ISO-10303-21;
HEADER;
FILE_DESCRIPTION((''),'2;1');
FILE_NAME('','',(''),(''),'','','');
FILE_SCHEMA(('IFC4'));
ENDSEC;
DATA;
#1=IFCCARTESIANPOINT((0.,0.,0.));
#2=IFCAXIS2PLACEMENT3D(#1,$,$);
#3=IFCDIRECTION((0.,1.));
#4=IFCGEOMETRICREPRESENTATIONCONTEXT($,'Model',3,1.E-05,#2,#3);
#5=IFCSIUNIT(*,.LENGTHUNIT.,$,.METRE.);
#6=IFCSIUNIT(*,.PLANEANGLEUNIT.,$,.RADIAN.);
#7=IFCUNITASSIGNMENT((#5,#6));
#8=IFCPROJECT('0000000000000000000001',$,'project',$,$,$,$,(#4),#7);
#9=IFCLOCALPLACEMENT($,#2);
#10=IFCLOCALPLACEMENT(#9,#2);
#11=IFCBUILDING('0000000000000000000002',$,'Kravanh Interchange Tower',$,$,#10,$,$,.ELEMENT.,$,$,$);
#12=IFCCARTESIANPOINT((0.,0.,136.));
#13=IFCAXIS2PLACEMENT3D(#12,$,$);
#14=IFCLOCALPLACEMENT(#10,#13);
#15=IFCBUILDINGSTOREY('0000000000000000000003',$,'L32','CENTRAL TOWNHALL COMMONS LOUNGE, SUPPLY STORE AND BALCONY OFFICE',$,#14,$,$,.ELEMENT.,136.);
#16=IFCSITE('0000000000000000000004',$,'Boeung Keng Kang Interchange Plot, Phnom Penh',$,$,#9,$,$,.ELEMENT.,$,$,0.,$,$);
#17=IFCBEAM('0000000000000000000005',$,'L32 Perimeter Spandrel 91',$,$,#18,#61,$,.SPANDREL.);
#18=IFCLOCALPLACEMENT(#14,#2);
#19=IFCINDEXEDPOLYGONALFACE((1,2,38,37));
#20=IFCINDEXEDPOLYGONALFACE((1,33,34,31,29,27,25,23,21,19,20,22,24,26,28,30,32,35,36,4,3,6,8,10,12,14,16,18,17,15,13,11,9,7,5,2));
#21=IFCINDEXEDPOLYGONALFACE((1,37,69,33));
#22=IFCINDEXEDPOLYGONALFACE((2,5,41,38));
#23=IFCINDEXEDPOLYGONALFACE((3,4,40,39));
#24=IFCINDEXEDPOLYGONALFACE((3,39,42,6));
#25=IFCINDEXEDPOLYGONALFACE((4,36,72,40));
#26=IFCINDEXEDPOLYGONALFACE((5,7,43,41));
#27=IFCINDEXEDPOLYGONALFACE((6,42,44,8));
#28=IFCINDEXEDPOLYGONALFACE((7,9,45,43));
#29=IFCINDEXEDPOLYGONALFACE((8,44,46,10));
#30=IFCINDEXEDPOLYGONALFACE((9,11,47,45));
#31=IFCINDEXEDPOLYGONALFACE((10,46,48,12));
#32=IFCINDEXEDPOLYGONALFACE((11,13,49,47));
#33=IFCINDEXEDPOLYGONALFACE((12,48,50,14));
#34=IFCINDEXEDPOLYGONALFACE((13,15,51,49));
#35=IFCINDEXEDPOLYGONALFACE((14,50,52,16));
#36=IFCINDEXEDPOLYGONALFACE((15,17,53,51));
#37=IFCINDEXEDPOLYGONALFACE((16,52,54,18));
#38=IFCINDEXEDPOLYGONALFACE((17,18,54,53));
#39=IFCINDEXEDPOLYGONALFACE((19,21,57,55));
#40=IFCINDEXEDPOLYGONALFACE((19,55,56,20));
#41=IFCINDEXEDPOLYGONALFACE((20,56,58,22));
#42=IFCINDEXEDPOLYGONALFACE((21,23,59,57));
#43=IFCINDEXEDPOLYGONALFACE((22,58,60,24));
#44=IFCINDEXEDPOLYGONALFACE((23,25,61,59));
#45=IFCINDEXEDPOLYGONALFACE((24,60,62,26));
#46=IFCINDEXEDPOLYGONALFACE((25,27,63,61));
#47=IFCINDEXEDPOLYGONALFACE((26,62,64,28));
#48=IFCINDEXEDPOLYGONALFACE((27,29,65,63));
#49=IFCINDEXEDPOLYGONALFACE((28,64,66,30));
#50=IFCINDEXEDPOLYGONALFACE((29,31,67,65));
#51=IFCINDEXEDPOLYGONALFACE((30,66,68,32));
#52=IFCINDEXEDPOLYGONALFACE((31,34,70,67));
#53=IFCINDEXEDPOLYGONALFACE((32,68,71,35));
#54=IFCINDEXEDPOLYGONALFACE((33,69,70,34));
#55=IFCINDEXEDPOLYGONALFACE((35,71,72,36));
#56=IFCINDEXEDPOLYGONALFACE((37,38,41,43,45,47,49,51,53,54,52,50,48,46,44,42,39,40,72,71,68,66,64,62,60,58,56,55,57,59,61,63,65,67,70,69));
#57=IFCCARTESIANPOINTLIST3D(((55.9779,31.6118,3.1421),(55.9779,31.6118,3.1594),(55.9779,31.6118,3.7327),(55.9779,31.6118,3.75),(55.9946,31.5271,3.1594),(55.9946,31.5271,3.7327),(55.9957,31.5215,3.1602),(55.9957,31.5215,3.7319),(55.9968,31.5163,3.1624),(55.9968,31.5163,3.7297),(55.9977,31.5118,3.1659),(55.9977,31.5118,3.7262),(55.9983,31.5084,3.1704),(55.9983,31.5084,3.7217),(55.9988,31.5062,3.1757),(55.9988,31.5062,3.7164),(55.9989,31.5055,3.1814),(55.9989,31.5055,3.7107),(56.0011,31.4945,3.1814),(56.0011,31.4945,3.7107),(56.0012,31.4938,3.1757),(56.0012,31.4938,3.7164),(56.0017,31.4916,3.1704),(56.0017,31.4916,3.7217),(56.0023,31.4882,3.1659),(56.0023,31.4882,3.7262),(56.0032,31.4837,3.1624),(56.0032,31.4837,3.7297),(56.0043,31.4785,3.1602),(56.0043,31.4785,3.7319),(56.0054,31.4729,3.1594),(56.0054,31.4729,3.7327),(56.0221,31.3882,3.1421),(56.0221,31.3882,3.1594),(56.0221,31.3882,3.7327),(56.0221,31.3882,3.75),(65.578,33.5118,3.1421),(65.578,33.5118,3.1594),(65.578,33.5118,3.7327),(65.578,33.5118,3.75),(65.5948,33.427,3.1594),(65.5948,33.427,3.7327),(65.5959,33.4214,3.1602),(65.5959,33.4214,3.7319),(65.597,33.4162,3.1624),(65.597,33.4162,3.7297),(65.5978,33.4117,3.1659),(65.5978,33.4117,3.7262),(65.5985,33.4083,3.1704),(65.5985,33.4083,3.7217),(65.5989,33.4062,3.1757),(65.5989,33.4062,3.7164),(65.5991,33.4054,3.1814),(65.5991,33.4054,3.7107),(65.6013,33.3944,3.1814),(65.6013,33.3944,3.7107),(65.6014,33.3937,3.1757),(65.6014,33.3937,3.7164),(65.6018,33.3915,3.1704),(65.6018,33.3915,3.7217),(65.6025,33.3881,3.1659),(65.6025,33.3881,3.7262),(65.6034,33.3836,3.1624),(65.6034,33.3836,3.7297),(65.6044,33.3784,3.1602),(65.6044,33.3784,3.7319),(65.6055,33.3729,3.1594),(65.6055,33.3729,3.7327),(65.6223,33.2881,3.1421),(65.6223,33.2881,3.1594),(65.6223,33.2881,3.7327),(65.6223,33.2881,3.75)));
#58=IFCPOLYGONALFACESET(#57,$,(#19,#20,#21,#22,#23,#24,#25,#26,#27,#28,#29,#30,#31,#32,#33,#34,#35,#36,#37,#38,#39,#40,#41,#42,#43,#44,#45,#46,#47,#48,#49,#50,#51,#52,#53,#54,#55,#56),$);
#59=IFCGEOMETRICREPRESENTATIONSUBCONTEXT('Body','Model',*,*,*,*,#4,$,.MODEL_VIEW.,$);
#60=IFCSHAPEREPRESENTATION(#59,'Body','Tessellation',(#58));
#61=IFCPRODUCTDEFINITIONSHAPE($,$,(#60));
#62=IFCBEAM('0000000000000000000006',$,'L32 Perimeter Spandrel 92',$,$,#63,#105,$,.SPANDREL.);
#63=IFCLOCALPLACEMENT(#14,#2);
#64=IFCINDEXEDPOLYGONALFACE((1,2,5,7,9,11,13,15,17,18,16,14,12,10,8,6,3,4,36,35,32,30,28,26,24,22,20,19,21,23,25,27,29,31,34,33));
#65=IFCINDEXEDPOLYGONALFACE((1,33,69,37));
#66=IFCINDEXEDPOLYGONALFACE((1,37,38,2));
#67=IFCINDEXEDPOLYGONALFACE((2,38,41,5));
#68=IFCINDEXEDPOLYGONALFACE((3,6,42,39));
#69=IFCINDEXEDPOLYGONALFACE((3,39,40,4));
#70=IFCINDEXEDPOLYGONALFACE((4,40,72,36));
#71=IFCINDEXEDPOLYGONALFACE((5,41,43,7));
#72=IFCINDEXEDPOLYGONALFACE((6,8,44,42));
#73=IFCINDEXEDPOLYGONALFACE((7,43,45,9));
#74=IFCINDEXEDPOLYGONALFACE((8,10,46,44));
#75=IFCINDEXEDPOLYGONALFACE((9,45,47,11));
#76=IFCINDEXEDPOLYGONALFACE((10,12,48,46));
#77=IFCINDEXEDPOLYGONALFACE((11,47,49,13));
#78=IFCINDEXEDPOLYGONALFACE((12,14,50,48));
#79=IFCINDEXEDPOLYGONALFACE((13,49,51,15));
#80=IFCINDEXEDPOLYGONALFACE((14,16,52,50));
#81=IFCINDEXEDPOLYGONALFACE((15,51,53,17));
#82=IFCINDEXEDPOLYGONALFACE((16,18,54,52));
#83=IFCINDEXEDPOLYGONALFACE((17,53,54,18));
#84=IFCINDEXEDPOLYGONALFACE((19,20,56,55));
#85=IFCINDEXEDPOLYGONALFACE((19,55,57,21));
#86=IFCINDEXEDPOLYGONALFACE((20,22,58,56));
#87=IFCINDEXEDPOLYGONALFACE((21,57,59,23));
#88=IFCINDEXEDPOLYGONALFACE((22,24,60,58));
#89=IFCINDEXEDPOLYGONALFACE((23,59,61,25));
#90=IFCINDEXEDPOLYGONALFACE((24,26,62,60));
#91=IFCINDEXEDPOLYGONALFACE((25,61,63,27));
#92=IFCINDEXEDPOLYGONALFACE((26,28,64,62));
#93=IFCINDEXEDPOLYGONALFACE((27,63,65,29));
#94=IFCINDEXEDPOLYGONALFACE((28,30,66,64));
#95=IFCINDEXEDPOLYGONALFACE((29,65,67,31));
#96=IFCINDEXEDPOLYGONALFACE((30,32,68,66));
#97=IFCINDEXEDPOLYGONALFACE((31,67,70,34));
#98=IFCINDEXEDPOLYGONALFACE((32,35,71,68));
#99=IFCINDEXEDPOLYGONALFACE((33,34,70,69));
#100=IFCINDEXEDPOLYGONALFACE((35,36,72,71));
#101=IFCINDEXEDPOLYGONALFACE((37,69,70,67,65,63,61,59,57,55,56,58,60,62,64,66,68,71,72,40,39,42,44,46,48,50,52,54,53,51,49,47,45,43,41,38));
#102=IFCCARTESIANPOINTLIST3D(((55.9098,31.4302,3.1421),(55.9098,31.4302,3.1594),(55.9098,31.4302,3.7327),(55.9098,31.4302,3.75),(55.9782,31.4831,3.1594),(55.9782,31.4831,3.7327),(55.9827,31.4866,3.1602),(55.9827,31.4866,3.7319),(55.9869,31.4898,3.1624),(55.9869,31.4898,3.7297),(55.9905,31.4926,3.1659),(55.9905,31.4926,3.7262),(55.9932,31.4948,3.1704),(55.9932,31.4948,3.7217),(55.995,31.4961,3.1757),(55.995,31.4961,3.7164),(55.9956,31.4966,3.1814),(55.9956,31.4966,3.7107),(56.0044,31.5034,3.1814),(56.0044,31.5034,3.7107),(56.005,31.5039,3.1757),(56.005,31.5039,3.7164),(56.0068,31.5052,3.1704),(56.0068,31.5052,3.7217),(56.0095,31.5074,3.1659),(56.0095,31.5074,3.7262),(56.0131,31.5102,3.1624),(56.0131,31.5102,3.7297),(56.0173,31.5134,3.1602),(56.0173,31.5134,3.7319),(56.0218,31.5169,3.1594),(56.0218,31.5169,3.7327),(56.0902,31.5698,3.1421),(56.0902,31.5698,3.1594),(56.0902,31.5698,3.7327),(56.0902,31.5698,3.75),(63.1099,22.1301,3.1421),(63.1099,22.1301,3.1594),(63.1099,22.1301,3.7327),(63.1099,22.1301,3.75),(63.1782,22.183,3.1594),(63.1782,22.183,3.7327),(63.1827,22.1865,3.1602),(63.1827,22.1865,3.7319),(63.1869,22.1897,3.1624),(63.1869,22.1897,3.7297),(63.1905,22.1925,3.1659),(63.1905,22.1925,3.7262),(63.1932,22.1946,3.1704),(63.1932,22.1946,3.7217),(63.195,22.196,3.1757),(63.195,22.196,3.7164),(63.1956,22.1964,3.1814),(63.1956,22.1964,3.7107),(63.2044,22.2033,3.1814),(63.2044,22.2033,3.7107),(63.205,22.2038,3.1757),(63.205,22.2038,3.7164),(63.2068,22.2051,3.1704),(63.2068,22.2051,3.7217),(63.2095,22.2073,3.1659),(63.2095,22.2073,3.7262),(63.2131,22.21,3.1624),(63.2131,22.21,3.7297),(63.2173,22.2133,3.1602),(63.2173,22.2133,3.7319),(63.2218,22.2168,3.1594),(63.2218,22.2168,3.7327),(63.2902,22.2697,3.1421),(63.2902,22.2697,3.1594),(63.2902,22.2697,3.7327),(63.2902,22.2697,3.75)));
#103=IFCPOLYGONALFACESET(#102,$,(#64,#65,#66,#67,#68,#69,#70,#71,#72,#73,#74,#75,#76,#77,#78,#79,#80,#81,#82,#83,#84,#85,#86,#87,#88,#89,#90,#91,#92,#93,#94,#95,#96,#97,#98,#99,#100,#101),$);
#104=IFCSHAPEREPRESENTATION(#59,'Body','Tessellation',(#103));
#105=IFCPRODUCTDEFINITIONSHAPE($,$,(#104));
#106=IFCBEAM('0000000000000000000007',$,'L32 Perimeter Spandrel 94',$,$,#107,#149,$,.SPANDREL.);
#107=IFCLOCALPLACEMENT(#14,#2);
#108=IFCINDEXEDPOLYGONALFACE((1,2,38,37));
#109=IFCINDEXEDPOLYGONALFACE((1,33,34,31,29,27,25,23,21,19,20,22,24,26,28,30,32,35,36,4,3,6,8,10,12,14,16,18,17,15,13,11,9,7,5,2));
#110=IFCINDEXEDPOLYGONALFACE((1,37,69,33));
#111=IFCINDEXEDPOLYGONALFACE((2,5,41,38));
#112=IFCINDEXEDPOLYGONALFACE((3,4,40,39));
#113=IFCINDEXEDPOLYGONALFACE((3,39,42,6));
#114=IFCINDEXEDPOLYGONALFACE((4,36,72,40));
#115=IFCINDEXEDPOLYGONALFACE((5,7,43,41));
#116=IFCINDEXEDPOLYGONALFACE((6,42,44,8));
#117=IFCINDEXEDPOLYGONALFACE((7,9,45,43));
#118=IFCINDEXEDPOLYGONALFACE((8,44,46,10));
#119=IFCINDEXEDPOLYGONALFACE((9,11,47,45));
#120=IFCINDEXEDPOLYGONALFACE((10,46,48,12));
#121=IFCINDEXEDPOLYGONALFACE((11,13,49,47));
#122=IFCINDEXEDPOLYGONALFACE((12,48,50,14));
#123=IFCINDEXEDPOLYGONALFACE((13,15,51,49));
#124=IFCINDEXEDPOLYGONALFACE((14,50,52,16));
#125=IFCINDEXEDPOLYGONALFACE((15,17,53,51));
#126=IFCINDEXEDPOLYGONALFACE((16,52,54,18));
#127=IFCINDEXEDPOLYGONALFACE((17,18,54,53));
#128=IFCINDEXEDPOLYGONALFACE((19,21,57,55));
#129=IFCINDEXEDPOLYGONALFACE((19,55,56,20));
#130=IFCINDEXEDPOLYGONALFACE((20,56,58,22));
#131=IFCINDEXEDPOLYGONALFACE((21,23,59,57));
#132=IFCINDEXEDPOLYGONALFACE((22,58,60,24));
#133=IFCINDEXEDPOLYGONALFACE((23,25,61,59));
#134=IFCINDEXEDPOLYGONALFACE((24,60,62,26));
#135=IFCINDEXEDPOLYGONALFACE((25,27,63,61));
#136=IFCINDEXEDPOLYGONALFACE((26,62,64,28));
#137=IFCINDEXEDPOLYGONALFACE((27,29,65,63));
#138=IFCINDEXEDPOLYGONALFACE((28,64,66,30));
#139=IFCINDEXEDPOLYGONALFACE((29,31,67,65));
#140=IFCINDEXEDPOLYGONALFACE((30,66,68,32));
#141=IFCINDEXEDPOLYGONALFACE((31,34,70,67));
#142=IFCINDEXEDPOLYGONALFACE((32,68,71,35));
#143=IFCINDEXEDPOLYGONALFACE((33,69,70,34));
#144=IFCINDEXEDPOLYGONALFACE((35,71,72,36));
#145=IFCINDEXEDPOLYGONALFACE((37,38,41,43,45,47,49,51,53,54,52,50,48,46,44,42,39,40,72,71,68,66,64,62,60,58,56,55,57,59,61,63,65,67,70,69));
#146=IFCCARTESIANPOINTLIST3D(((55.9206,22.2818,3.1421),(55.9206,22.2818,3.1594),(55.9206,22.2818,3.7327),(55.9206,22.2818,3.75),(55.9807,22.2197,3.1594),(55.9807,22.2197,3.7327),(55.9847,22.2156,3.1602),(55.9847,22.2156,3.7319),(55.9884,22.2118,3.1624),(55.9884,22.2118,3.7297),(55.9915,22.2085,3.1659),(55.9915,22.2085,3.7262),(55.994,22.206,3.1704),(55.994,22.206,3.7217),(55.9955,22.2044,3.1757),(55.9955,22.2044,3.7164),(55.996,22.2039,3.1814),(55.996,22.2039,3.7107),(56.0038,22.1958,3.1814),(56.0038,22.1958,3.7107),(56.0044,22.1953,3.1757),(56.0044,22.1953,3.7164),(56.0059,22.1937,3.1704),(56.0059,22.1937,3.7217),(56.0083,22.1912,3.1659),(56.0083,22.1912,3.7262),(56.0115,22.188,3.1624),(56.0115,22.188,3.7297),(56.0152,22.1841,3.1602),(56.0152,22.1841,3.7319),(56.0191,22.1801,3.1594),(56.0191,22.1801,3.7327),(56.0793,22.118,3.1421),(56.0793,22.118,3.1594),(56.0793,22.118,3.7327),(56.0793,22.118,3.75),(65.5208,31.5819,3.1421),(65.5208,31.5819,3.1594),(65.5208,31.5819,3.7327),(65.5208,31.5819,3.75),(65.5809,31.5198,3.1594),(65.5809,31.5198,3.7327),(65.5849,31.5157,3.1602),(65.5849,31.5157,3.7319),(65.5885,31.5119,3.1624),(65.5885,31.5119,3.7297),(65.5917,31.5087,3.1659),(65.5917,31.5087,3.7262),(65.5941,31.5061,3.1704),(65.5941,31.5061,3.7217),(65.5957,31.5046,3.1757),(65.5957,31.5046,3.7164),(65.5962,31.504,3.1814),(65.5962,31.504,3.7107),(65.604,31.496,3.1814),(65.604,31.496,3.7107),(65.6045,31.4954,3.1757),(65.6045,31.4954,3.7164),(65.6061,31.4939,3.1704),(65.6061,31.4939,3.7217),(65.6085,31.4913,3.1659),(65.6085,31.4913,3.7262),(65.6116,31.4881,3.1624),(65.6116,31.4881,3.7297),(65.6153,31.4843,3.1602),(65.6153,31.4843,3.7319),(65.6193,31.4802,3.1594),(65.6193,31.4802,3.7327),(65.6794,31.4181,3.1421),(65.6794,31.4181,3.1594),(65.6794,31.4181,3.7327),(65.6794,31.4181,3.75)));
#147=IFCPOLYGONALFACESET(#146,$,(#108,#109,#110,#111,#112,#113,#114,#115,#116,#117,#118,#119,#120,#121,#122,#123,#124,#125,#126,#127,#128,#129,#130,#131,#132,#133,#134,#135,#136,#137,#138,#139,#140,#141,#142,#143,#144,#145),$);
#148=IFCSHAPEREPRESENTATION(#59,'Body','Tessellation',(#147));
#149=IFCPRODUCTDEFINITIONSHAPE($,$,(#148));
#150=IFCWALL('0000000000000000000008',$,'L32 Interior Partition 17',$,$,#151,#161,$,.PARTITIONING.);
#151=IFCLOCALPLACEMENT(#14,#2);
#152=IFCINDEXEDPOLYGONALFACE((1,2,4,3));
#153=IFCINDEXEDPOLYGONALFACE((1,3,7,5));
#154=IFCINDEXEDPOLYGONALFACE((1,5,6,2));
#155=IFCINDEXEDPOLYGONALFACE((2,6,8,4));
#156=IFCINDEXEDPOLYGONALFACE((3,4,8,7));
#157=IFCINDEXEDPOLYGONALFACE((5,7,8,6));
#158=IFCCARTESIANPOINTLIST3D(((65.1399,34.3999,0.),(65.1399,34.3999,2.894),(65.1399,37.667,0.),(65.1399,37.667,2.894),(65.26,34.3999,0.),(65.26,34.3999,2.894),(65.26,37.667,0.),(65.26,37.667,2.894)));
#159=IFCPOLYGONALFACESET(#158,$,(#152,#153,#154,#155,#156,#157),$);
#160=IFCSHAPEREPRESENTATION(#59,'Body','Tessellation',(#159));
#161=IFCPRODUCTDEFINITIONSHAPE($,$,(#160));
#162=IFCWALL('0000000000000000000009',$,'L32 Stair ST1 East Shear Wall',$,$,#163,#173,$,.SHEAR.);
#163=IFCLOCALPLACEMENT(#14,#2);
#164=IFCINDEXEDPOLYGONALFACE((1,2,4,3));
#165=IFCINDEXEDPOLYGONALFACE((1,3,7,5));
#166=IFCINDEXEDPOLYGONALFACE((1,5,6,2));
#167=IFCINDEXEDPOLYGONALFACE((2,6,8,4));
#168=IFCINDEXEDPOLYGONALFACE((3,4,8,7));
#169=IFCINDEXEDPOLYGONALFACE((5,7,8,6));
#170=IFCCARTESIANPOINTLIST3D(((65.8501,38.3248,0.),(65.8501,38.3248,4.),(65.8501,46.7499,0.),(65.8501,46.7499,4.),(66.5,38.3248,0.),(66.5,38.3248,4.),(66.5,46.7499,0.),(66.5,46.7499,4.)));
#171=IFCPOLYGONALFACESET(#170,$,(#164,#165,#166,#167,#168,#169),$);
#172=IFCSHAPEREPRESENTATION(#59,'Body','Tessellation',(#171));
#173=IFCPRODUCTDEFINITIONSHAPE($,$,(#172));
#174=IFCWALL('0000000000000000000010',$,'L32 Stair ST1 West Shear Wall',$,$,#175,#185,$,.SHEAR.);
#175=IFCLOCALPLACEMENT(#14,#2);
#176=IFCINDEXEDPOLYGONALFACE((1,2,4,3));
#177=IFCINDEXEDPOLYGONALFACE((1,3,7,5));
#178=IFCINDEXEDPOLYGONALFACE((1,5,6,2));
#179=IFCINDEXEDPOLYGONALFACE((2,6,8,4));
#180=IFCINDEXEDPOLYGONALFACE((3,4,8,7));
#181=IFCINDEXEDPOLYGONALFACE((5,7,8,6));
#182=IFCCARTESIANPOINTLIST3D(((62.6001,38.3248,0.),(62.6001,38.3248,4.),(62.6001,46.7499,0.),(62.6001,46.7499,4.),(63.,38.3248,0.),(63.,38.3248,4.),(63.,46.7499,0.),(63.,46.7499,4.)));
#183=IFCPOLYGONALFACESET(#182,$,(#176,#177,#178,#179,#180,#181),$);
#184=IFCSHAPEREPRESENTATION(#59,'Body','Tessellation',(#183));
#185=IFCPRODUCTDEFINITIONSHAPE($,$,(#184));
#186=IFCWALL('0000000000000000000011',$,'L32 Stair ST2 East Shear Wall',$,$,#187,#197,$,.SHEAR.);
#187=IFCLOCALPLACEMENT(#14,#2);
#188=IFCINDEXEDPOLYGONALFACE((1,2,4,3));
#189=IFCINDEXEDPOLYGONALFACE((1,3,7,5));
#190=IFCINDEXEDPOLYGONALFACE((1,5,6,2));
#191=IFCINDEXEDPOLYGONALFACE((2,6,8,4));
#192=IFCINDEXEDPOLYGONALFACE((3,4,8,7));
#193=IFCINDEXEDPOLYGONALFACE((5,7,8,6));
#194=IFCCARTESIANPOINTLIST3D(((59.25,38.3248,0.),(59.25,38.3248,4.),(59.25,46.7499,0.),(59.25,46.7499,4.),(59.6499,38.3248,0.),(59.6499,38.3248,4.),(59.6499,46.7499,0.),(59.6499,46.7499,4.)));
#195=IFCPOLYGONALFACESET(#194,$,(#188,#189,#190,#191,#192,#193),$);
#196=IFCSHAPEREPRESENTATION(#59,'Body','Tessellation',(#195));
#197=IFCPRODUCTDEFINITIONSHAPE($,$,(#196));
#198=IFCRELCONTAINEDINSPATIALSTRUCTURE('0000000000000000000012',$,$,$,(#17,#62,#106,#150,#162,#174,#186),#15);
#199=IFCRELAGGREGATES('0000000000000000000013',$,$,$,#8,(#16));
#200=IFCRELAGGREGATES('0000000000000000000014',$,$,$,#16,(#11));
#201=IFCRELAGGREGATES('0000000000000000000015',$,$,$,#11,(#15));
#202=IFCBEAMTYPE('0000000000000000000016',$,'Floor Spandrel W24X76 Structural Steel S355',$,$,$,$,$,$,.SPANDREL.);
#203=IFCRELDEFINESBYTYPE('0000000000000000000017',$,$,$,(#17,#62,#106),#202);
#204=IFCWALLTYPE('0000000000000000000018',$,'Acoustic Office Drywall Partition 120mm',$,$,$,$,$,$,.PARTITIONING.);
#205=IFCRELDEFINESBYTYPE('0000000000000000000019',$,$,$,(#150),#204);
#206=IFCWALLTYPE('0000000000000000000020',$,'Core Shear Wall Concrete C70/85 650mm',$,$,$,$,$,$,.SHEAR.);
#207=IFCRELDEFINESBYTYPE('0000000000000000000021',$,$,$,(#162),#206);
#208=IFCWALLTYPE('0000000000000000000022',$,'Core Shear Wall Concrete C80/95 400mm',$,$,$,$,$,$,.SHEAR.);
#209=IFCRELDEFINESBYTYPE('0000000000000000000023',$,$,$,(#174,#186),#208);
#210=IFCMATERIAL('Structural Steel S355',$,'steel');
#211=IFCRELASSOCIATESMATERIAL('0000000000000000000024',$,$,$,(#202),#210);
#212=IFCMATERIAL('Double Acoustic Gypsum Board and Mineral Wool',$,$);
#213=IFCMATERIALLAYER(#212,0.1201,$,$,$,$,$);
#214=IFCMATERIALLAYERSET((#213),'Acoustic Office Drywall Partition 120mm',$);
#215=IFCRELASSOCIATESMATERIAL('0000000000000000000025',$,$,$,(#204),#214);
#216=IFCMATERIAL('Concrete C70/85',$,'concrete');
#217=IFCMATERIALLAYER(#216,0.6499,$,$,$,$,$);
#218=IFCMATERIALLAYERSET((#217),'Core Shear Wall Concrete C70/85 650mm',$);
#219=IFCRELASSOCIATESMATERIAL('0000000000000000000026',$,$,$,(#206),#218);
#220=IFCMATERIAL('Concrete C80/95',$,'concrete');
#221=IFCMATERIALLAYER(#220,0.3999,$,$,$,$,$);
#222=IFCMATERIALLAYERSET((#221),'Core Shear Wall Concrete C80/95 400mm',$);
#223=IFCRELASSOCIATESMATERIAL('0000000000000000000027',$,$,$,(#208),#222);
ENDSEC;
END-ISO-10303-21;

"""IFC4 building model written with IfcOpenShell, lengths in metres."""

from ifc_helpers import new_model, si_unit, direction, frame, frame_2d, origin, origin_2d, place, context, subcontext, project, spatial, rectangle, i_section, extrude, material, layer, layer_set, material_profile, profile_set, type_object, element, save


model = new_model("IFC4")

# Units and contexts
model_context = context("Model", 3, precision=1e-05, world=origin(), true_north=direction((0.0, 1.0)))
body_context = subcontext(model_context, "Body", "Model", "MODEL_VIEW")
ifc_project = project(units=[si_unit("LENGTHUNIT", "METRE"), si_unit("PLANEANGLEUNIT", "RADIAN")], contexts=[model_context])

# Site, building, storey
site_placement = place(None, origin())
site = spatial("IfcSite", under=ifc_project, at=site_placement, Name="Boeung Keng Kang Interchange Plot, Phnom Penh", CompositionType="ELEMENT", RefElevation=0.0)
building_placement = place(site_placement, origin())
building = spatial("IfcBuilding", under=site, at=building_placement, Name="Kravanh Interchange Tower", CompositionType="ELEMENT")
storey_placement = place(building_placement, frame((0.0, 0.0, 136.0)))
storey = spatial("IfcBuildingStorey", under=building, at=storey_placement, Name="L32", Description="CENTRAL TOWNHALL COMMONS LOUNGE, SUPPLY STORE AND BALCONY OFFICE", CompositionType="ELEMENT", Elevation=136.0)

# Beams
ifc_material_1 = material(Name="Structural Steel S355", Category="steel")
ifc_material_profile_1 = material_profile(ifc_material_1, i_section(OverallWidth=0.228, OverallDepth=0.6079, WebThickness=0.0112, FlangeThickness=0.0173, FilletRadius=0.022, at=origin_2d()), Name="W24X76")
ifc_profile_set_1 = profile_set([ifc_material_profile_1], Name="Structural Steel S355")
beam_type_1 = type_object("IfcBeamType", Name="Floor Spandrel W24X76 Structural Steel S355", PredefinedType="SPANDREL", material=ifc_profile_set_1)
beam_1_placement = place(storey_placement, frame((56.0, 31.5, 3.446), z_axis=(0.980974, 0.194139, 0.0), x_axis=(-0.194139, 0.980974, 0.0)))
element("IfcBeam", 1, at=beam_1_placement, inside=storey, type_object=beam_type_1, Name="L32 Perimeter Spandrel 91", PredefinedType="SPANDREL", context=body_context, shape_type="SweptSolid", body=[
    extrude(i_section(OverallWidth=0.228, OverallDepth=0.6079, WebThickness=0.0112, FlangeThickness=0.0173, FilletRadius=0.022, at=origin_2d()), origin(), (0.0, 0.0, 1.0), 9.7864),
])
beam_2_placement = place(storey_placement, frame((56.0, 31.5, 3.446), z_axis=(0.612169, -0.790727, 0.0), x_axis=(0.790727, 0.612169, 0.0)))
element("IfcBeam", 2, at=beam_2_placement, inside=storey, type_object=beam_type_1, Name="L32 Perimeter Spandrel 92", PredefinedType="SPANDREL", context=body_context, shape_type="SweptSolid", body=[
    extrude(i_section(OverallWidth=0.228, OverallDepth=0.6079, WebThickness=0.0112, FlangeThickness=0.0173, FilletRadius=0.022, at=origin_2d()), origin(), (0.0, 0.0, 1.0), 11.7615),
])
beam_3_placement = place(storey_placement, frame((65.6001, 31.5, 3.446), z_axis=(-0.718242, -0.695793, 0.0), x_axis=(0.695793, -0.718242, 0.0)))
element("IfcBeam", 3, at=beam_3_placement, inside=storey, type_object=beam_type_1, Name="L32 Perimeter Spandrel 94", PredefinedType="SPANDREL", context=body_context, shape_type="SweptSolid", body=[
    extrude(i_section(OverallWidth=0.228, OverallDepth=0.6079, WebThickness=0.0112, FlangeThickness=0.0173, FilletRadius=0.022, at=origin_2d()), origin(), (0.0, 0.0, 1.0), 13.3662),
])

# Walls
ifc_material_2 = material(Name="Double Acoustic Gypsum Board and Mineral Wool")
ifc_layer_1 = layer(ifc_material_2, 0.1201)
ifc_layer_set_1 = layer_set([ifc_layer_1], Name="Acoustic Office Drywall Partition 120mm")
wall_type_1 = type_object("IfcWallType", Name="Acoustic Office Drywall Partition 120mm", PredefinedType="PARTITIONING", material=ifc_layer_set_1)
wall_1_placement = place(storey_placement, frame((65.2, 34.3999, 0.0), z_axis=(0.0, 0.0, 1.0), x_axis=(0.0, 1.0, 0.0)))
element("IfcWall", 4, at=wall_1_placement, inside=storey, type_object=wall_type_1, Name="L32 Interior Partition 17", PredefinedType="PARTITIONING", context=body_context, shape_type="SweptSolid", body=[
    extrude(rectangle(XDim=3.2671, YDim=0.1201, at=frame_2d((1.6335, 0.0))), origin(), (0.0, 0.0, 1.0), 2.894),
])
ifc_material_3 = material(Name="Concrete C70/85", Category="concrete")
ifc_layer_2 = layer(ifc_material_3, 0.6499)
ifc_layer_set_2 = layer_set([ifc_layer_2], Name="Core Shear Wall Concrete C70/85 650mm")
wall_type_2 = type_object("IfcWallType", Name="Core Shear Wall Concrete C70/85 650mm", PredefinedType="SHEAR", material=ifc_layer_set_2)
wall_2_placement = place(storey_placement, frame((66.175, 38.325, 0.0), z_axis=(0.0, 0.0, 1.0), x_axis=(0.0, 1.0, 0.0)))
element("IfcWall", 5, at=wall_2_placement, inside=storey, type_object=wall_type_2, Name="L32 Stair ST1 East Shear Wall", PredefinedType="SHEAR", context=body_context, shape_type="SweptSolid", body=[
    extrude(rectangle(XDim=8.425, YDim=0.6499, at=frame_2d((4.2124, 0.0))), origin(), (0.0, 0.0, 1.0), 4.0),
])
ifc_material_4 = material(Name="Concrete C80/95", Category="concrete")
ifc_layer_3 = layer(ifc_material_4, 0.3999)
ifc_layer_set_3 = layer_set([ifc_layer_3], Name="Core Shear Wall Concrete C80/95 400mm")
wall_type_3 = type_object("IfcWallType", Name="Core Shear Wall Concrete C80/95 400mm", PredefinedType="SHEAR", material=ifc_layer_set_3)
for number, where, z_axis, x_axis, name in (
    (6, (62.8, 38.325, 0.0), (0.0, 0.0, 1.0), (0.0, 1.0, 0.0), "L32 Stair ST1 West Shear Wall"),
    (7, (59.45, 38.325, 0.0), (0.0, 0.0, 1.0), (0.0, 1.0, 0.0), "L32 Stair ST2 East Shear Wall"),
):
    element("IfcWall", number, at=place(storey_placement, frame(where, z_axis=z_axis, x_axis=x_axis)), inside=storey, type_object=wall_type_3, Name=name, PredefinedType="SHEAR", context=body_context, shape_type="SweptSolid", body=[
        extrude(rectangle(XDim=8.425, YDim=0.3999, at=frame_2d((4.2124, 0.0))), origin(), (0.0, 0.0, 1.0), 4.0),
    ])

save(model, "model.ifc")
